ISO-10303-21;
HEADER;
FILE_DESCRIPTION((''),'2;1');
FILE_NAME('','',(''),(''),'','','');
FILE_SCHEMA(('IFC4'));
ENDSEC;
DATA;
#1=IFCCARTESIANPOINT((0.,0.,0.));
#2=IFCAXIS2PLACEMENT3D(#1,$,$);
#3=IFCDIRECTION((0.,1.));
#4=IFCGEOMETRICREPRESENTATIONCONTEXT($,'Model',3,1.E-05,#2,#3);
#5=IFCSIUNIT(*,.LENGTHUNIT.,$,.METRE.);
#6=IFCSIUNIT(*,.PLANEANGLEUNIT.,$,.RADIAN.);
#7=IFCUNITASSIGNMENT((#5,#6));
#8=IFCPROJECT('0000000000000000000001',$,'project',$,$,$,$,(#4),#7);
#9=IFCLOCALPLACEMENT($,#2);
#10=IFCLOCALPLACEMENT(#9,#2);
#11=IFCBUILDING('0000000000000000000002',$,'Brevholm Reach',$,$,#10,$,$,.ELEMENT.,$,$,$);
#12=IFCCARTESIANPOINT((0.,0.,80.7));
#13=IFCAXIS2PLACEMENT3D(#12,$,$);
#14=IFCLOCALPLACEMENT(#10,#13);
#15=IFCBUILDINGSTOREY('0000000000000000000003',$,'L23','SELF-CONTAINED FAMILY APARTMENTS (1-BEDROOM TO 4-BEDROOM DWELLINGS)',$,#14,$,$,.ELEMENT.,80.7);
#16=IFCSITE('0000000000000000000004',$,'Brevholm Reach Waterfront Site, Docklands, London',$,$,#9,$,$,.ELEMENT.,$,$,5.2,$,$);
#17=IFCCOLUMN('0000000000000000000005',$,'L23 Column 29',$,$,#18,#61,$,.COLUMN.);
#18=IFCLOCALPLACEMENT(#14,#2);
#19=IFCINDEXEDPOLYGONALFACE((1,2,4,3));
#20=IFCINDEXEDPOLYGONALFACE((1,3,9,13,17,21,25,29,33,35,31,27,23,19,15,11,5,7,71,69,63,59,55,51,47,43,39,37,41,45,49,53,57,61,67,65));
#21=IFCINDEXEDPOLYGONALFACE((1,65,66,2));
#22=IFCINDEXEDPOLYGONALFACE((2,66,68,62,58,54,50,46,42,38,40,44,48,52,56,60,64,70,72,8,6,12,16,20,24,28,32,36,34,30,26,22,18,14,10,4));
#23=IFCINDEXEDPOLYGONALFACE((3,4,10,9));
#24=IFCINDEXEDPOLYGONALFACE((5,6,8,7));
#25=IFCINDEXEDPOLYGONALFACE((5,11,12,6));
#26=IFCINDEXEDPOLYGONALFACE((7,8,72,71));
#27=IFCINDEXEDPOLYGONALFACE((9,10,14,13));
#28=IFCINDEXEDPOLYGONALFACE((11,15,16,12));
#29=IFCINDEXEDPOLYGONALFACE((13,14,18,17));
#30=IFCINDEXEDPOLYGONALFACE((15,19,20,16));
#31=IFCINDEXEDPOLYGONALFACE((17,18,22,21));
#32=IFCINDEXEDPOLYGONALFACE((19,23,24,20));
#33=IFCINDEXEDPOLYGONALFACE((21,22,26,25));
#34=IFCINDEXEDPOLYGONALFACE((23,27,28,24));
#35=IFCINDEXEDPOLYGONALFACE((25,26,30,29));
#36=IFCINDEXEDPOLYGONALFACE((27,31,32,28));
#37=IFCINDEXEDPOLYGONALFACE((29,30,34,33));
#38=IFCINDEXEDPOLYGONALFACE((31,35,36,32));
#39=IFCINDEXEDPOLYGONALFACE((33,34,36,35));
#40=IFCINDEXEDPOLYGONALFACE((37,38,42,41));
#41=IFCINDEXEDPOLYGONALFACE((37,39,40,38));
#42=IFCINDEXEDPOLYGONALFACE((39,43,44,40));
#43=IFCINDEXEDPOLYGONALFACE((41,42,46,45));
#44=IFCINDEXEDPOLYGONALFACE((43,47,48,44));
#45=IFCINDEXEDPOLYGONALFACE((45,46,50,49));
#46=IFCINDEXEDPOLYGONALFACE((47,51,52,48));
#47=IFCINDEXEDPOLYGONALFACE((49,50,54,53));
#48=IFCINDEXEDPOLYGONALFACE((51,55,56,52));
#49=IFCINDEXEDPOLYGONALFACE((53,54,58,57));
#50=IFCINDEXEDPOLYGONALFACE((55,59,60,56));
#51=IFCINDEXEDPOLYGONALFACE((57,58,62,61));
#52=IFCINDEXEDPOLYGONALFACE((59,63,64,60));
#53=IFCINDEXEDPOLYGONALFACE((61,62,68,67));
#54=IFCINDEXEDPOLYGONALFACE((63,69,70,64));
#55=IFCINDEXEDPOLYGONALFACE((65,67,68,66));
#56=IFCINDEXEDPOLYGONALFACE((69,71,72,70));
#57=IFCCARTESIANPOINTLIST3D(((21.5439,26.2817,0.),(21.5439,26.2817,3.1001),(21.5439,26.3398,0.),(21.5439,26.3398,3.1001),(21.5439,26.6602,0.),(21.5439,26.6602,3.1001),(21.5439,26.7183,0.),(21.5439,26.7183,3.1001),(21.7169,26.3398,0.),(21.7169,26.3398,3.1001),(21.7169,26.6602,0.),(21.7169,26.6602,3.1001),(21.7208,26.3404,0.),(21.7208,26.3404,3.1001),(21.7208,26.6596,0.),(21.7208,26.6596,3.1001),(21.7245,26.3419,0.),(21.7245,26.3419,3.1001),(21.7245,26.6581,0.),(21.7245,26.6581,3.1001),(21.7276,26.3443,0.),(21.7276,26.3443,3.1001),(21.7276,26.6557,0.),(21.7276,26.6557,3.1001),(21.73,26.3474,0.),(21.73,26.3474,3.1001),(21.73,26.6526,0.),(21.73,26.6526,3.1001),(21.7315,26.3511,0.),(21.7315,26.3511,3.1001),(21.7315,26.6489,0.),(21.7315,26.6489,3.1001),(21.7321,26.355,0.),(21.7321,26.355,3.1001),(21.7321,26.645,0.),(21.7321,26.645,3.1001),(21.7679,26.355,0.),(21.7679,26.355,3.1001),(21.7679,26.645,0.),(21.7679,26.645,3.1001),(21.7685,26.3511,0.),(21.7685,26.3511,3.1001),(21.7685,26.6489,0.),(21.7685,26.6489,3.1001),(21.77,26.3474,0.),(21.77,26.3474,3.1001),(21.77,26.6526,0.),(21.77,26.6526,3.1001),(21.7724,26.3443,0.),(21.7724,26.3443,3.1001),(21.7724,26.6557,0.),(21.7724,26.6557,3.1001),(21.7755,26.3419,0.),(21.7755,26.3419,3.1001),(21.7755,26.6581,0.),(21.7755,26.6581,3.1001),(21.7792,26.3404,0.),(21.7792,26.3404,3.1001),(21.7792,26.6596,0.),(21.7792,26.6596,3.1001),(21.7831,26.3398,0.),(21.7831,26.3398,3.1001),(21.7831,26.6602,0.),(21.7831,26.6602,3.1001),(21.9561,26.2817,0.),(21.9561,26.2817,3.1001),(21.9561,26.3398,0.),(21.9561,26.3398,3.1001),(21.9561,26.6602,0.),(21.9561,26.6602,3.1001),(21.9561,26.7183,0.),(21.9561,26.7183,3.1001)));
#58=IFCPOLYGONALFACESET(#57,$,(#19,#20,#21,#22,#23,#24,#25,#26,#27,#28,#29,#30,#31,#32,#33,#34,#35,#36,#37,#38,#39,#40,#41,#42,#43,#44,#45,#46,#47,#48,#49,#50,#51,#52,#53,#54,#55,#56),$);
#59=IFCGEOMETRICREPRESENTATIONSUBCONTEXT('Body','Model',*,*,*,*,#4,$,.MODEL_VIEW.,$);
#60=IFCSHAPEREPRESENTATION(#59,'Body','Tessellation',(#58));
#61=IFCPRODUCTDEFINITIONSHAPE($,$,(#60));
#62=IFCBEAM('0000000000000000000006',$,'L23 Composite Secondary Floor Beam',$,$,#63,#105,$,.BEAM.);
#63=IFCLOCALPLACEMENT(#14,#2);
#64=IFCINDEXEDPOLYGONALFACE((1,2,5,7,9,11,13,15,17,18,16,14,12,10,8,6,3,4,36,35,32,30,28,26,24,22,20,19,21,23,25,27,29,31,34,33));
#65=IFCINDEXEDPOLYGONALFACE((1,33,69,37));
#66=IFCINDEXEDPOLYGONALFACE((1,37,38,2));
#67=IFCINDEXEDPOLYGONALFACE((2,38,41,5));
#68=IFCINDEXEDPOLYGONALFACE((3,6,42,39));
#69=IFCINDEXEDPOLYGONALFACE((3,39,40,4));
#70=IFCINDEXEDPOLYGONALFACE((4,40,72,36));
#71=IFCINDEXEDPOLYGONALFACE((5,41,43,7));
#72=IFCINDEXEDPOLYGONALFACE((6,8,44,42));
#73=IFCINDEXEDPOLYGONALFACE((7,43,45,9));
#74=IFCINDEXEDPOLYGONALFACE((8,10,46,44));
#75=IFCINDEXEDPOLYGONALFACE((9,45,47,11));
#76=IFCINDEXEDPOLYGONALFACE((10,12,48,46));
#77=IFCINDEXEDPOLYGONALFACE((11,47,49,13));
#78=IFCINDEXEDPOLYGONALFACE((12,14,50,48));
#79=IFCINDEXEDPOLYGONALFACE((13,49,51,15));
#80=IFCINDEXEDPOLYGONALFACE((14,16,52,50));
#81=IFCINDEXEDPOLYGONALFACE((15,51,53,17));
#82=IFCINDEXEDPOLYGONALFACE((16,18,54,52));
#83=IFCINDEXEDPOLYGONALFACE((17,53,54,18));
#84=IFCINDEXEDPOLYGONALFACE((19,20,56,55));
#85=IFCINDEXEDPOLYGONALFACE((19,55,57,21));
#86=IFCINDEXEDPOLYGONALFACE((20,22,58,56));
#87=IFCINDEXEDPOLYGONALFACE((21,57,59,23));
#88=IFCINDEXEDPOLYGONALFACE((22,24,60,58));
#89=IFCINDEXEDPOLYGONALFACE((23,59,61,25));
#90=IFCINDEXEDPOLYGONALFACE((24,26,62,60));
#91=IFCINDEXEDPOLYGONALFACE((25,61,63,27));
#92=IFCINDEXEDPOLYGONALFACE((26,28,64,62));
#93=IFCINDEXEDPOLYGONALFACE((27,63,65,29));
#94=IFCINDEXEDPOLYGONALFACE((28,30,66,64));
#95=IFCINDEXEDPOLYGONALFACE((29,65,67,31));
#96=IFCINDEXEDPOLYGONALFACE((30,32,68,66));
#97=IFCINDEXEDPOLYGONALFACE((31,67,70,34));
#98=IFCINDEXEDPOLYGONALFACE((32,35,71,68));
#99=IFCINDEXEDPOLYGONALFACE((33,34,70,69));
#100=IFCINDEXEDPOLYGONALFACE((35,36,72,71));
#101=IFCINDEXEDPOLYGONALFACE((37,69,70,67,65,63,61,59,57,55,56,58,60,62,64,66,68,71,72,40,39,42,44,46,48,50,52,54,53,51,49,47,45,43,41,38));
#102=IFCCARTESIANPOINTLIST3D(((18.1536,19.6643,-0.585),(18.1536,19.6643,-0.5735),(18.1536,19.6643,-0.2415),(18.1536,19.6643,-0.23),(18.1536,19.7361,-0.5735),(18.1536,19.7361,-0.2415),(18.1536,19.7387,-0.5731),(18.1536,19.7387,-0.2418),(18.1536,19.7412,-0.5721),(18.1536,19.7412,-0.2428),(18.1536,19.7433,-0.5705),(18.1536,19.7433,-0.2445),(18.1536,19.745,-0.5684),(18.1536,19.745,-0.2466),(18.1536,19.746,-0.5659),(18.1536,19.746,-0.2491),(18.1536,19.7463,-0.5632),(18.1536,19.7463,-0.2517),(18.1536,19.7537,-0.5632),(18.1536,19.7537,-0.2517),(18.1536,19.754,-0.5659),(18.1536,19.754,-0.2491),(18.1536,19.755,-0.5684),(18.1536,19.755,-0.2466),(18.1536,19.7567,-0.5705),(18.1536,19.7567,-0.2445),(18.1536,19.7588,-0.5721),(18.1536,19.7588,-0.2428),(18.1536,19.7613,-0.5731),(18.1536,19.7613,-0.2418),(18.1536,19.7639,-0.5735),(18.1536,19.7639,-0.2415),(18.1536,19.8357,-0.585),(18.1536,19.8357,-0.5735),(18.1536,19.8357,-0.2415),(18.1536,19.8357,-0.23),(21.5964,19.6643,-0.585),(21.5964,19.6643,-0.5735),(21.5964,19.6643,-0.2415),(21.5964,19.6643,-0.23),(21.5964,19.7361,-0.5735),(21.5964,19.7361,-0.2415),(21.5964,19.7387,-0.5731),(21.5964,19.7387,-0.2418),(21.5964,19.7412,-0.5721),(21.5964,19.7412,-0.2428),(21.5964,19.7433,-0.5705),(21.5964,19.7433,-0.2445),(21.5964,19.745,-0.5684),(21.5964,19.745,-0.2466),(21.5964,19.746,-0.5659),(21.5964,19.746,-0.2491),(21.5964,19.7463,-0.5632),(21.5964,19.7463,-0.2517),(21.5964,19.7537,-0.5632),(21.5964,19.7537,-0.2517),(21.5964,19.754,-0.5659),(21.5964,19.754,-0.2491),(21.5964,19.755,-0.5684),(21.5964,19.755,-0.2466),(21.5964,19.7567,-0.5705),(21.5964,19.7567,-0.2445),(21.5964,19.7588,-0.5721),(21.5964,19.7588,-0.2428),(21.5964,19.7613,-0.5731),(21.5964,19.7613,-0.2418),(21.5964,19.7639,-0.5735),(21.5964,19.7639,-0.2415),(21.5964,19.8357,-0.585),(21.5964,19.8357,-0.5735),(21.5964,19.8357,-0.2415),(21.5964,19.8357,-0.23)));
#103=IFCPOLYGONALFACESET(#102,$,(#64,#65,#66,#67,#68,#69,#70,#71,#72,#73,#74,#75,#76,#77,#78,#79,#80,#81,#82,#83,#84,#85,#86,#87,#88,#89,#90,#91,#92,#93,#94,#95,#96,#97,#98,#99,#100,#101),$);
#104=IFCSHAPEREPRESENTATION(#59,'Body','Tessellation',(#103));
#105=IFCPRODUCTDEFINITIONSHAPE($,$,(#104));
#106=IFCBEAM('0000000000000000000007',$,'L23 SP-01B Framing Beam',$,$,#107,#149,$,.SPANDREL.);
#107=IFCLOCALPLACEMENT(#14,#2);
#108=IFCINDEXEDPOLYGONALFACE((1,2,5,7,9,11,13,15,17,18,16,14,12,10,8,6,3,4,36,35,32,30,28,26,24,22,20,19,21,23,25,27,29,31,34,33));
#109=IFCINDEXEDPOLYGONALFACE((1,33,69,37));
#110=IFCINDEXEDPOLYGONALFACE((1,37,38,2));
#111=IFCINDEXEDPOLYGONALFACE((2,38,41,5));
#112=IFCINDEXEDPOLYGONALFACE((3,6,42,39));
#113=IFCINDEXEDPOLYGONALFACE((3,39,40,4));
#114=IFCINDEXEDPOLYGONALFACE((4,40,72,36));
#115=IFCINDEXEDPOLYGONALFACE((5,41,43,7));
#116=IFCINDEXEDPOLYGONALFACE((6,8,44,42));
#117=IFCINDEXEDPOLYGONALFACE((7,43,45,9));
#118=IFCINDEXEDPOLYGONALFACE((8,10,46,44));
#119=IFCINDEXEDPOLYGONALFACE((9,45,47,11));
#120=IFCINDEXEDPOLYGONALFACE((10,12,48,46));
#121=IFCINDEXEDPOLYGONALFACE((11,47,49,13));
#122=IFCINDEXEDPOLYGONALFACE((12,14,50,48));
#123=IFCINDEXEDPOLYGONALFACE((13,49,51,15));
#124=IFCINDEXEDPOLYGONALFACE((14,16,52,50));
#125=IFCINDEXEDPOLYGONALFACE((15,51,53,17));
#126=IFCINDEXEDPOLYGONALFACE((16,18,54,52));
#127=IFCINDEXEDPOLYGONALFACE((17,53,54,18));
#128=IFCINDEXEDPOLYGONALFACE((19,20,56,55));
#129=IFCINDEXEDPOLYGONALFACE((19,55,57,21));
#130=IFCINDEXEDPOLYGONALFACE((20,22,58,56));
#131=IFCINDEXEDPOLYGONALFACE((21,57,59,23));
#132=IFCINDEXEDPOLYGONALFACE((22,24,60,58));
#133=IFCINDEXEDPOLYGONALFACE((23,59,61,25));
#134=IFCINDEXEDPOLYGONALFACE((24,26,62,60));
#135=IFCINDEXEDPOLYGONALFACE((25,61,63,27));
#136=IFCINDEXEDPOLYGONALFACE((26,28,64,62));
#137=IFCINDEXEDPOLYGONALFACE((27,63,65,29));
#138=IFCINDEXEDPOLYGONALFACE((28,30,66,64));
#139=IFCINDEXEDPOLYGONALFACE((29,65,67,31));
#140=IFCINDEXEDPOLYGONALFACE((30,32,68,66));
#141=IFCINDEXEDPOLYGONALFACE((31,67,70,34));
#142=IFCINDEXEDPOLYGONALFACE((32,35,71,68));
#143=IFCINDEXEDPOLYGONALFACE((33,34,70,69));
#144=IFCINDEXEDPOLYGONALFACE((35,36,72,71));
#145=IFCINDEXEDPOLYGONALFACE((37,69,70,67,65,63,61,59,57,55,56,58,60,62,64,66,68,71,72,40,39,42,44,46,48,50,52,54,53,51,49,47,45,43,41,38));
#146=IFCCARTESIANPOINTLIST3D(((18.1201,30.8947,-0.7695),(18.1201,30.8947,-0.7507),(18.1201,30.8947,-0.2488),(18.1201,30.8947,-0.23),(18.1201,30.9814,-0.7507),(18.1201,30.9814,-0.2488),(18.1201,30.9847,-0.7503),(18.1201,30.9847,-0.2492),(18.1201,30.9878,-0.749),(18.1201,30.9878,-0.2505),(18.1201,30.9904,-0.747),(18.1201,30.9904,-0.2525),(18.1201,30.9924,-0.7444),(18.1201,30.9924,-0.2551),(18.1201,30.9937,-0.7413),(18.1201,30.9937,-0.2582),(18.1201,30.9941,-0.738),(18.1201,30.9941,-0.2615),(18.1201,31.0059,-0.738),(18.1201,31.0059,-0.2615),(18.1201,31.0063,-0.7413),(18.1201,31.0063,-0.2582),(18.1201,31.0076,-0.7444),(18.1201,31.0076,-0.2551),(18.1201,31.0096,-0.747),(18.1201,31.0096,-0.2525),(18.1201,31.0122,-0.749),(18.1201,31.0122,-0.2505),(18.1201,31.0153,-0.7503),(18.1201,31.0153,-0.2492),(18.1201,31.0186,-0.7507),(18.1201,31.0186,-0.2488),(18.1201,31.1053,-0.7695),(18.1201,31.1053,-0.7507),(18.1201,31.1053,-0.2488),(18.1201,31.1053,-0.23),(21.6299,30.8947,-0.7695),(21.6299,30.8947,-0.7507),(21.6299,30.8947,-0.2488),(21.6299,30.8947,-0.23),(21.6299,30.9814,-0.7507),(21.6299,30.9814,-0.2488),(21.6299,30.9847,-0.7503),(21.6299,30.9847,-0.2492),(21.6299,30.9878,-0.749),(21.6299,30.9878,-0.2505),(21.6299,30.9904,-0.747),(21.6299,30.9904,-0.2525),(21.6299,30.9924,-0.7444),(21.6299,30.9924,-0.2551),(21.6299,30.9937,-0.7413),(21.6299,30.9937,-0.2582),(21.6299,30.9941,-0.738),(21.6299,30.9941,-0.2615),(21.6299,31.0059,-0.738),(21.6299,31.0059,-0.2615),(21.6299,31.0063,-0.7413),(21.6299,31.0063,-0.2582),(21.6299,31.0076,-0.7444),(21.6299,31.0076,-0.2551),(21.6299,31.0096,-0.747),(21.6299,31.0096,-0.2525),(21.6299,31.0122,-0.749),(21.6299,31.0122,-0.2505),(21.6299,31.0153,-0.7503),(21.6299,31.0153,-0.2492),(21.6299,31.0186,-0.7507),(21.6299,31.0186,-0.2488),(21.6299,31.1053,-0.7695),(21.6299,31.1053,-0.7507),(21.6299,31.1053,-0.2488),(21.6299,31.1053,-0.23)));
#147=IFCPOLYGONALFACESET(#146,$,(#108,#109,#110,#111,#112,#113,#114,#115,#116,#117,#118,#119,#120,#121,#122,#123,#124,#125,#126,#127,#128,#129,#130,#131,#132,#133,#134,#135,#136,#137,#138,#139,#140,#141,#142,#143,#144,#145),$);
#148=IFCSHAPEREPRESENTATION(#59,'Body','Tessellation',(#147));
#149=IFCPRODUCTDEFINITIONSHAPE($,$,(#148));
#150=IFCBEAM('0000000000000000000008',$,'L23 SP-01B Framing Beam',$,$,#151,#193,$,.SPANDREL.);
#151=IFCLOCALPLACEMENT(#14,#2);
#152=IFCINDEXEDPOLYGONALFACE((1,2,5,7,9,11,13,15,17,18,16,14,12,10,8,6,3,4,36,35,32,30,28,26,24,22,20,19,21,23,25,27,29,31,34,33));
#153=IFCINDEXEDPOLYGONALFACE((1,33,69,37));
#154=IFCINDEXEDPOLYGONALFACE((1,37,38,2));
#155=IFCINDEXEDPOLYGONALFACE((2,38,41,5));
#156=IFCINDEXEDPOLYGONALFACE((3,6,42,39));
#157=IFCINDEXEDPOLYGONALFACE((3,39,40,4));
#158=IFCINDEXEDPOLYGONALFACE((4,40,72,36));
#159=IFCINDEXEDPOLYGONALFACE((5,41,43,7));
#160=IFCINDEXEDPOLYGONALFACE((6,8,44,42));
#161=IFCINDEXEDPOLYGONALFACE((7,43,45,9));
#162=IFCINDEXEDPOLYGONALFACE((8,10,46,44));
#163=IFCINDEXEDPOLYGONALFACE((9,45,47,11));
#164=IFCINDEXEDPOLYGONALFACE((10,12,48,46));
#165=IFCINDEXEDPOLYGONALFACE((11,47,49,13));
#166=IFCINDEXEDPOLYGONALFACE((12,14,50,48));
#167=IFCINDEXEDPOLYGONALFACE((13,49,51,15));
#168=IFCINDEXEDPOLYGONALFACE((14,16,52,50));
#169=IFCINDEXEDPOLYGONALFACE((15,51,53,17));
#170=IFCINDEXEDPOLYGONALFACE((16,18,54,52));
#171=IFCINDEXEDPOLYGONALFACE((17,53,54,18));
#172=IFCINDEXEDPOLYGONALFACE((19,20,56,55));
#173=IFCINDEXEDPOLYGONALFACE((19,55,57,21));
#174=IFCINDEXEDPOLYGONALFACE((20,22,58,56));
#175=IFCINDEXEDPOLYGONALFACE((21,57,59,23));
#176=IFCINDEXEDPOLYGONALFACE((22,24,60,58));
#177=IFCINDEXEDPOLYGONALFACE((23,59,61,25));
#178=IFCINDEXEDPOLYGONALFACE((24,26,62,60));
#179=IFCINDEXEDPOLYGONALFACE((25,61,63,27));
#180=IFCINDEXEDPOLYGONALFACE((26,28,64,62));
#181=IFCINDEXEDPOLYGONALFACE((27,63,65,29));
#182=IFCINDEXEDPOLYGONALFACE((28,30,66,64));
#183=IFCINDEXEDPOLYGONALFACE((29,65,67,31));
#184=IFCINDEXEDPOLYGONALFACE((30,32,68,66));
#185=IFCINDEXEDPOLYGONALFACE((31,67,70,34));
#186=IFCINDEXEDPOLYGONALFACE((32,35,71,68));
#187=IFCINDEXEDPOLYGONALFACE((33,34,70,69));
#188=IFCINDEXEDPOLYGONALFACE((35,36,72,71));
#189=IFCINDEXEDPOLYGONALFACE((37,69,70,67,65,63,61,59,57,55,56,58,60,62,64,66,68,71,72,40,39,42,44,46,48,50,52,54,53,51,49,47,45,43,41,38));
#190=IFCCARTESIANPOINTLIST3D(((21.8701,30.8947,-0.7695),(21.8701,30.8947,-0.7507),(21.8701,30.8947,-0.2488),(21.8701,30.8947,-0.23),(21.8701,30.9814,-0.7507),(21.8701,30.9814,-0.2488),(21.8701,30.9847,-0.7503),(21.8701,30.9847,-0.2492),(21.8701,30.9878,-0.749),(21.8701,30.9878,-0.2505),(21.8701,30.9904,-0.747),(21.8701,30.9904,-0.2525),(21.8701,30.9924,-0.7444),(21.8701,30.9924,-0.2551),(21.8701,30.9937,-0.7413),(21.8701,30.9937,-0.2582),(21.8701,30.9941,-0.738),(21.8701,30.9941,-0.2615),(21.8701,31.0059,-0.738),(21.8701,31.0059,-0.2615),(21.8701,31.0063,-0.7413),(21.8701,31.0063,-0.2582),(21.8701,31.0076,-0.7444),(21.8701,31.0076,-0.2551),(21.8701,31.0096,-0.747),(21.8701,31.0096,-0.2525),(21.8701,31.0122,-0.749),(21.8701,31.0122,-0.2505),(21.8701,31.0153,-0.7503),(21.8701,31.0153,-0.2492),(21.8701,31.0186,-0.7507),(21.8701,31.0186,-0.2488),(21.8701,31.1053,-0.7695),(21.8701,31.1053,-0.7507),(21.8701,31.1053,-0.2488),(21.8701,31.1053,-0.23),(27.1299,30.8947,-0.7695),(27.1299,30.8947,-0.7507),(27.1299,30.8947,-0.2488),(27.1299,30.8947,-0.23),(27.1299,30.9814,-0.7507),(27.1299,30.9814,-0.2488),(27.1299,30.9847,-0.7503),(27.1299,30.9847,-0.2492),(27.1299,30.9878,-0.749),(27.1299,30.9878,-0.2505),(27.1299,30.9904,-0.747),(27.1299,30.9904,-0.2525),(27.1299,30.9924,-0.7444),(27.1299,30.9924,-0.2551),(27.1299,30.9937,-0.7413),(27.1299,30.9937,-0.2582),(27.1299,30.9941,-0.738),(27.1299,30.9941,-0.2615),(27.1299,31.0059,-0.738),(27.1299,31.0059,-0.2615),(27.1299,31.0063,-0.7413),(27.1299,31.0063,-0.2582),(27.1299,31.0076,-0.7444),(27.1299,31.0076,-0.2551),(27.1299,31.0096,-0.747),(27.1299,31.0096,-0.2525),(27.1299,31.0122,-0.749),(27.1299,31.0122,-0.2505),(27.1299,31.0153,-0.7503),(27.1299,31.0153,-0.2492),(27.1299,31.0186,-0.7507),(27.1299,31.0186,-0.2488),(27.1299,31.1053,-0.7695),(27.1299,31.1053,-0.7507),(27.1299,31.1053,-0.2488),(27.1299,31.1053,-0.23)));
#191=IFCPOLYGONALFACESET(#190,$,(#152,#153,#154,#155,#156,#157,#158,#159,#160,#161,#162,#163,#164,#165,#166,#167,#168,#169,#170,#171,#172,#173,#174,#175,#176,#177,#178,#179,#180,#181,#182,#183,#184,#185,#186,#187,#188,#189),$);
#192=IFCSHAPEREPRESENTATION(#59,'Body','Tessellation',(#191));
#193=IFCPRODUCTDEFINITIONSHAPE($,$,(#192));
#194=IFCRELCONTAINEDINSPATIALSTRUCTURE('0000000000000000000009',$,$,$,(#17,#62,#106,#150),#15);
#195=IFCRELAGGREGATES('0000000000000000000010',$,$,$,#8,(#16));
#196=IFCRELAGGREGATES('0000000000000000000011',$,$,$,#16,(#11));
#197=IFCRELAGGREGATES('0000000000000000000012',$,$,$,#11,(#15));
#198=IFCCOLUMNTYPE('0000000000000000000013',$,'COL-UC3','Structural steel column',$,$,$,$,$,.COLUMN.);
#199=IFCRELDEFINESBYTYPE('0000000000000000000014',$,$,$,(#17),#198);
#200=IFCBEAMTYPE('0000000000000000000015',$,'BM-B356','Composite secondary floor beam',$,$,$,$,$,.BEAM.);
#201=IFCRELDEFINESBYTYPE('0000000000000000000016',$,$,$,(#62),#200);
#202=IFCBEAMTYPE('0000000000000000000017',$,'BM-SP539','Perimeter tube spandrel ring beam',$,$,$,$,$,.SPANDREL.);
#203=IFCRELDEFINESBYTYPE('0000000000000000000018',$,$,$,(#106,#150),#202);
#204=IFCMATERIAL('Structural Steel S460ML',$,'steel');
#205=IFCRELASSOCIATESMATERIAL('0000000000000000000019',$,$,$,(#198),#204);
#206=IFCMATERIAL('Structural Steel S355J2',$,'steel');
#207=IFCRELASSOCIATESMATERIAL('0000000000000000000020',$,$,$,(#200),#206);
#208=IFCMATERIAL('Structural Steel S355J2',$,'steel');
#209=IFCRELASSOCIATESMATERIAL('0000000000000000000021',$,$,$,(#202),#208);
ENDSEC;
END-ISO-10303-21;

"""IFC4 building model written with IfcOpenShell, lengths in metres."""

from ifc_helpers import new_model, si_unit, direction, frame, origin, origin_2d, place, context, subcontext, project, spatial, i_section, extrude, material, material_profile, profile_set, type_object, element, save


model = new_model("IFC4")

# Units and contexts
model_context = context("Model", 3, precision=1e-05, world=origin(), true_north=direction((0.0, 1.0)))
body_context = subcontext(model_context, "Body", "Model", "MODEL_VIEW")
ifc_project = project(units=[si_unit("LENGTHUNIT", "METRE"), si_unit("PLANEANGLEUNIT", "RADIAN")], contexts=[model_context])

# Site, building, storey
site_placement = place(None, origin())
site = spatial("IfcSite", under=ifc_project, at=site_placement, Name="Brevholm Reach Waterfront Site, Docklands, London", CompositionType="ELEMENT", RefElevation=5.2)
building_placement = place(site_placement, origin())
building = spatial("IfcBuilding", under=site, at=building_placement, Name="Brevholm Reach", CompositionType="ELEMENT")
storey_placement = place(building_placement, frame((0.0, 0.0, 80.7)))
storey = spatial("IfcBuildingStorey", under=building, at=storey_placement, Name="L23", Description="SELF-CONTAINED FAMILY APARTMENTS (1-BEDROOM TO 4-BEDROOM DWELLINGS)", CompositionType="ELEMENT", Elevation=80.7)

# Column
ifc_material_1 = material(Name="Structural Steel S460ML", Category="steel")
ifc_material_profile_1 = material_profile(ifc_material_1, i_section(OverallWidth=0.4121, OverallDepth=0.4365, WebThickness=0.0359, FlangeThickness=0.0581, FilletRadius=0.0151, at=origin_2d()), Name="UKC 356x406x467")
ifc_profile_set_1 = profile_set([ifc_material_profile_1], Name="Structural Steel S460ML")
column_type_1 = type_object("IfcColumnType", Name="COL-UC3", Description="Structural steel column", PredefinedType="COLUMN", material=ifc_profile_set_1)
for number, where, z_axis, x_axis, name in (
    (1, (21.75, 26.5, 0.0), (0.0, 0.0, 1.0), (1.0, 0.0, 0.0), "L23 Column 29"),
):
    element("IfcColumn", number, at=place(storey_placement, frame(where, z_axis=z_axis, x_axis=x_axis)), inside=storey, type_object=column_type_1, Name=name, PredefinedType="COLUMN", context=body_context, shape_type="SweptSolid", body=[
        extrude(i_section(OverallWidth=0.4121, OverallDepth=0.4365, WebThickness=0.0359, FlangeThickness=0.0581, FilletRadius=0.0151, at=origin_2d()), origin(), (0.0, 0.0, 1.0), 3.1001),
    ])

# Beams
ifc_material_2 = material(Name="Structural Steel S355J2", Category="steel")
ifc_material_profile_2 = material_profile(ifc_material_2, i_section(OverallWidth=0.1714, OverallDepth=0.355, WebThickness=0.0073, FlangeThickness=0.0115, FilletRadius=0.0103, at=origin_2d()), Name="UKB 356x171x51")
ifc_profile_set_2 = profile_set([ifc_material_profile_2], Name="Structural Steel S355J2")
beam_type_1 = type_object("IfcBeamType", Name="BM-B356", Description="Composite secondary floor beam", PredefinedType="BEAM", material=ifc_profile_set_2)
beam_1_placement = place(storey_placement, frame((18.1536, 19.75, -0.4075), z_axis=(1.0, 0.0, 0.0), x_axis=(0.0, 1.0, 0.0)))
element("IfcBeam", 2, at=beam_1_placement, inside=storey, type_object=beam_type_1, Name="L23 Composite Secondary Floor Beam", PredefinedType="BEAM", context=body_context, shape_type="SweptSolid", body=[
    extrude(i_section(OverallWidth=0.1714, OverallDepth=0.355, WebThickness=0.0073, FlangeThickness=0.0115, FilletRadius=0.0103, at=origin_2d()), origin(), (0.0, 0.0, 1.0), 3.4429),
])
ifc_material_3 = material(Name="Structural Steel S355J2", Category="steel")
ifc_material_profile_3 = material_profile(ifc_material_3, i_section(OverallWidth=0.2107, OverallDepth=0.5396, WebThickness=0.0117, FlangeThickness=0.0188, FilletRadius=0.0127, at=origin_2d()), Name="UKB 533x210x109")
ifc_profile_set_3 = profile_set([ifc_material_profile_3], Name="Structural Steel S355J2")
beam_type_2 = type_object("IfcBeamType", Name="BM-SP539", Description="Perimeter tube spandrel ring beam", PredefinedType="SPANDREL", material=ifc_profile_set_3)
beam_2_placement = place(storey_placement, frame((18.1201, 31.0, -0.4998), z_axis=(1.0, 0.0, 0.0), x_axis=(0.0, 1.0, 0.0)))
element("IfcBeam", 3, at=beam_2_placement, inside=storey, type_object=beam_type_2, Name="L23 SP-01B Framing Beam", PredefinedType="SPANDREL", context=body_context, shape_type="SweptSolid", body=[
    extrude(i_section(OverallWidth=0.2107, OverallDepth=0.5396, WebThickness=0.0117, FlangeThickness=0.0188, FilletRadius=0.0127, at=origin_2d()), origin(), (0.0, 0.0, 1.0), 3.5098),
])
for number, where, z_axis, x_axis, name in (
    (4, (21.8701, 31.0, -0.4998), (1.0, 0.0, 0.0), (0.0, 1.0, 0.0), "L23 SP-01B Framing Beam"),
):
    element("IfcBeam", number, at=place(storey_placement, frame(where, z_axis=z_axis, x_axis=x_axis)), inside=storey, type_object=beam_type_2, Name=name, PredefinedType="SPANDREL", context=body_context, shape_type="SweptSolid", body=[
        extrude(i_section(OverallWidth=0.2107, OverallDepth=0.5396, WebThickness=0.0117, FlangeThickness=0.0188, FilletRadius=0.0127, at=origin_2d()), origin(), (0.0, 0.0, 1.0), 5.2598),
    ])

save(model, "model.ifc")
